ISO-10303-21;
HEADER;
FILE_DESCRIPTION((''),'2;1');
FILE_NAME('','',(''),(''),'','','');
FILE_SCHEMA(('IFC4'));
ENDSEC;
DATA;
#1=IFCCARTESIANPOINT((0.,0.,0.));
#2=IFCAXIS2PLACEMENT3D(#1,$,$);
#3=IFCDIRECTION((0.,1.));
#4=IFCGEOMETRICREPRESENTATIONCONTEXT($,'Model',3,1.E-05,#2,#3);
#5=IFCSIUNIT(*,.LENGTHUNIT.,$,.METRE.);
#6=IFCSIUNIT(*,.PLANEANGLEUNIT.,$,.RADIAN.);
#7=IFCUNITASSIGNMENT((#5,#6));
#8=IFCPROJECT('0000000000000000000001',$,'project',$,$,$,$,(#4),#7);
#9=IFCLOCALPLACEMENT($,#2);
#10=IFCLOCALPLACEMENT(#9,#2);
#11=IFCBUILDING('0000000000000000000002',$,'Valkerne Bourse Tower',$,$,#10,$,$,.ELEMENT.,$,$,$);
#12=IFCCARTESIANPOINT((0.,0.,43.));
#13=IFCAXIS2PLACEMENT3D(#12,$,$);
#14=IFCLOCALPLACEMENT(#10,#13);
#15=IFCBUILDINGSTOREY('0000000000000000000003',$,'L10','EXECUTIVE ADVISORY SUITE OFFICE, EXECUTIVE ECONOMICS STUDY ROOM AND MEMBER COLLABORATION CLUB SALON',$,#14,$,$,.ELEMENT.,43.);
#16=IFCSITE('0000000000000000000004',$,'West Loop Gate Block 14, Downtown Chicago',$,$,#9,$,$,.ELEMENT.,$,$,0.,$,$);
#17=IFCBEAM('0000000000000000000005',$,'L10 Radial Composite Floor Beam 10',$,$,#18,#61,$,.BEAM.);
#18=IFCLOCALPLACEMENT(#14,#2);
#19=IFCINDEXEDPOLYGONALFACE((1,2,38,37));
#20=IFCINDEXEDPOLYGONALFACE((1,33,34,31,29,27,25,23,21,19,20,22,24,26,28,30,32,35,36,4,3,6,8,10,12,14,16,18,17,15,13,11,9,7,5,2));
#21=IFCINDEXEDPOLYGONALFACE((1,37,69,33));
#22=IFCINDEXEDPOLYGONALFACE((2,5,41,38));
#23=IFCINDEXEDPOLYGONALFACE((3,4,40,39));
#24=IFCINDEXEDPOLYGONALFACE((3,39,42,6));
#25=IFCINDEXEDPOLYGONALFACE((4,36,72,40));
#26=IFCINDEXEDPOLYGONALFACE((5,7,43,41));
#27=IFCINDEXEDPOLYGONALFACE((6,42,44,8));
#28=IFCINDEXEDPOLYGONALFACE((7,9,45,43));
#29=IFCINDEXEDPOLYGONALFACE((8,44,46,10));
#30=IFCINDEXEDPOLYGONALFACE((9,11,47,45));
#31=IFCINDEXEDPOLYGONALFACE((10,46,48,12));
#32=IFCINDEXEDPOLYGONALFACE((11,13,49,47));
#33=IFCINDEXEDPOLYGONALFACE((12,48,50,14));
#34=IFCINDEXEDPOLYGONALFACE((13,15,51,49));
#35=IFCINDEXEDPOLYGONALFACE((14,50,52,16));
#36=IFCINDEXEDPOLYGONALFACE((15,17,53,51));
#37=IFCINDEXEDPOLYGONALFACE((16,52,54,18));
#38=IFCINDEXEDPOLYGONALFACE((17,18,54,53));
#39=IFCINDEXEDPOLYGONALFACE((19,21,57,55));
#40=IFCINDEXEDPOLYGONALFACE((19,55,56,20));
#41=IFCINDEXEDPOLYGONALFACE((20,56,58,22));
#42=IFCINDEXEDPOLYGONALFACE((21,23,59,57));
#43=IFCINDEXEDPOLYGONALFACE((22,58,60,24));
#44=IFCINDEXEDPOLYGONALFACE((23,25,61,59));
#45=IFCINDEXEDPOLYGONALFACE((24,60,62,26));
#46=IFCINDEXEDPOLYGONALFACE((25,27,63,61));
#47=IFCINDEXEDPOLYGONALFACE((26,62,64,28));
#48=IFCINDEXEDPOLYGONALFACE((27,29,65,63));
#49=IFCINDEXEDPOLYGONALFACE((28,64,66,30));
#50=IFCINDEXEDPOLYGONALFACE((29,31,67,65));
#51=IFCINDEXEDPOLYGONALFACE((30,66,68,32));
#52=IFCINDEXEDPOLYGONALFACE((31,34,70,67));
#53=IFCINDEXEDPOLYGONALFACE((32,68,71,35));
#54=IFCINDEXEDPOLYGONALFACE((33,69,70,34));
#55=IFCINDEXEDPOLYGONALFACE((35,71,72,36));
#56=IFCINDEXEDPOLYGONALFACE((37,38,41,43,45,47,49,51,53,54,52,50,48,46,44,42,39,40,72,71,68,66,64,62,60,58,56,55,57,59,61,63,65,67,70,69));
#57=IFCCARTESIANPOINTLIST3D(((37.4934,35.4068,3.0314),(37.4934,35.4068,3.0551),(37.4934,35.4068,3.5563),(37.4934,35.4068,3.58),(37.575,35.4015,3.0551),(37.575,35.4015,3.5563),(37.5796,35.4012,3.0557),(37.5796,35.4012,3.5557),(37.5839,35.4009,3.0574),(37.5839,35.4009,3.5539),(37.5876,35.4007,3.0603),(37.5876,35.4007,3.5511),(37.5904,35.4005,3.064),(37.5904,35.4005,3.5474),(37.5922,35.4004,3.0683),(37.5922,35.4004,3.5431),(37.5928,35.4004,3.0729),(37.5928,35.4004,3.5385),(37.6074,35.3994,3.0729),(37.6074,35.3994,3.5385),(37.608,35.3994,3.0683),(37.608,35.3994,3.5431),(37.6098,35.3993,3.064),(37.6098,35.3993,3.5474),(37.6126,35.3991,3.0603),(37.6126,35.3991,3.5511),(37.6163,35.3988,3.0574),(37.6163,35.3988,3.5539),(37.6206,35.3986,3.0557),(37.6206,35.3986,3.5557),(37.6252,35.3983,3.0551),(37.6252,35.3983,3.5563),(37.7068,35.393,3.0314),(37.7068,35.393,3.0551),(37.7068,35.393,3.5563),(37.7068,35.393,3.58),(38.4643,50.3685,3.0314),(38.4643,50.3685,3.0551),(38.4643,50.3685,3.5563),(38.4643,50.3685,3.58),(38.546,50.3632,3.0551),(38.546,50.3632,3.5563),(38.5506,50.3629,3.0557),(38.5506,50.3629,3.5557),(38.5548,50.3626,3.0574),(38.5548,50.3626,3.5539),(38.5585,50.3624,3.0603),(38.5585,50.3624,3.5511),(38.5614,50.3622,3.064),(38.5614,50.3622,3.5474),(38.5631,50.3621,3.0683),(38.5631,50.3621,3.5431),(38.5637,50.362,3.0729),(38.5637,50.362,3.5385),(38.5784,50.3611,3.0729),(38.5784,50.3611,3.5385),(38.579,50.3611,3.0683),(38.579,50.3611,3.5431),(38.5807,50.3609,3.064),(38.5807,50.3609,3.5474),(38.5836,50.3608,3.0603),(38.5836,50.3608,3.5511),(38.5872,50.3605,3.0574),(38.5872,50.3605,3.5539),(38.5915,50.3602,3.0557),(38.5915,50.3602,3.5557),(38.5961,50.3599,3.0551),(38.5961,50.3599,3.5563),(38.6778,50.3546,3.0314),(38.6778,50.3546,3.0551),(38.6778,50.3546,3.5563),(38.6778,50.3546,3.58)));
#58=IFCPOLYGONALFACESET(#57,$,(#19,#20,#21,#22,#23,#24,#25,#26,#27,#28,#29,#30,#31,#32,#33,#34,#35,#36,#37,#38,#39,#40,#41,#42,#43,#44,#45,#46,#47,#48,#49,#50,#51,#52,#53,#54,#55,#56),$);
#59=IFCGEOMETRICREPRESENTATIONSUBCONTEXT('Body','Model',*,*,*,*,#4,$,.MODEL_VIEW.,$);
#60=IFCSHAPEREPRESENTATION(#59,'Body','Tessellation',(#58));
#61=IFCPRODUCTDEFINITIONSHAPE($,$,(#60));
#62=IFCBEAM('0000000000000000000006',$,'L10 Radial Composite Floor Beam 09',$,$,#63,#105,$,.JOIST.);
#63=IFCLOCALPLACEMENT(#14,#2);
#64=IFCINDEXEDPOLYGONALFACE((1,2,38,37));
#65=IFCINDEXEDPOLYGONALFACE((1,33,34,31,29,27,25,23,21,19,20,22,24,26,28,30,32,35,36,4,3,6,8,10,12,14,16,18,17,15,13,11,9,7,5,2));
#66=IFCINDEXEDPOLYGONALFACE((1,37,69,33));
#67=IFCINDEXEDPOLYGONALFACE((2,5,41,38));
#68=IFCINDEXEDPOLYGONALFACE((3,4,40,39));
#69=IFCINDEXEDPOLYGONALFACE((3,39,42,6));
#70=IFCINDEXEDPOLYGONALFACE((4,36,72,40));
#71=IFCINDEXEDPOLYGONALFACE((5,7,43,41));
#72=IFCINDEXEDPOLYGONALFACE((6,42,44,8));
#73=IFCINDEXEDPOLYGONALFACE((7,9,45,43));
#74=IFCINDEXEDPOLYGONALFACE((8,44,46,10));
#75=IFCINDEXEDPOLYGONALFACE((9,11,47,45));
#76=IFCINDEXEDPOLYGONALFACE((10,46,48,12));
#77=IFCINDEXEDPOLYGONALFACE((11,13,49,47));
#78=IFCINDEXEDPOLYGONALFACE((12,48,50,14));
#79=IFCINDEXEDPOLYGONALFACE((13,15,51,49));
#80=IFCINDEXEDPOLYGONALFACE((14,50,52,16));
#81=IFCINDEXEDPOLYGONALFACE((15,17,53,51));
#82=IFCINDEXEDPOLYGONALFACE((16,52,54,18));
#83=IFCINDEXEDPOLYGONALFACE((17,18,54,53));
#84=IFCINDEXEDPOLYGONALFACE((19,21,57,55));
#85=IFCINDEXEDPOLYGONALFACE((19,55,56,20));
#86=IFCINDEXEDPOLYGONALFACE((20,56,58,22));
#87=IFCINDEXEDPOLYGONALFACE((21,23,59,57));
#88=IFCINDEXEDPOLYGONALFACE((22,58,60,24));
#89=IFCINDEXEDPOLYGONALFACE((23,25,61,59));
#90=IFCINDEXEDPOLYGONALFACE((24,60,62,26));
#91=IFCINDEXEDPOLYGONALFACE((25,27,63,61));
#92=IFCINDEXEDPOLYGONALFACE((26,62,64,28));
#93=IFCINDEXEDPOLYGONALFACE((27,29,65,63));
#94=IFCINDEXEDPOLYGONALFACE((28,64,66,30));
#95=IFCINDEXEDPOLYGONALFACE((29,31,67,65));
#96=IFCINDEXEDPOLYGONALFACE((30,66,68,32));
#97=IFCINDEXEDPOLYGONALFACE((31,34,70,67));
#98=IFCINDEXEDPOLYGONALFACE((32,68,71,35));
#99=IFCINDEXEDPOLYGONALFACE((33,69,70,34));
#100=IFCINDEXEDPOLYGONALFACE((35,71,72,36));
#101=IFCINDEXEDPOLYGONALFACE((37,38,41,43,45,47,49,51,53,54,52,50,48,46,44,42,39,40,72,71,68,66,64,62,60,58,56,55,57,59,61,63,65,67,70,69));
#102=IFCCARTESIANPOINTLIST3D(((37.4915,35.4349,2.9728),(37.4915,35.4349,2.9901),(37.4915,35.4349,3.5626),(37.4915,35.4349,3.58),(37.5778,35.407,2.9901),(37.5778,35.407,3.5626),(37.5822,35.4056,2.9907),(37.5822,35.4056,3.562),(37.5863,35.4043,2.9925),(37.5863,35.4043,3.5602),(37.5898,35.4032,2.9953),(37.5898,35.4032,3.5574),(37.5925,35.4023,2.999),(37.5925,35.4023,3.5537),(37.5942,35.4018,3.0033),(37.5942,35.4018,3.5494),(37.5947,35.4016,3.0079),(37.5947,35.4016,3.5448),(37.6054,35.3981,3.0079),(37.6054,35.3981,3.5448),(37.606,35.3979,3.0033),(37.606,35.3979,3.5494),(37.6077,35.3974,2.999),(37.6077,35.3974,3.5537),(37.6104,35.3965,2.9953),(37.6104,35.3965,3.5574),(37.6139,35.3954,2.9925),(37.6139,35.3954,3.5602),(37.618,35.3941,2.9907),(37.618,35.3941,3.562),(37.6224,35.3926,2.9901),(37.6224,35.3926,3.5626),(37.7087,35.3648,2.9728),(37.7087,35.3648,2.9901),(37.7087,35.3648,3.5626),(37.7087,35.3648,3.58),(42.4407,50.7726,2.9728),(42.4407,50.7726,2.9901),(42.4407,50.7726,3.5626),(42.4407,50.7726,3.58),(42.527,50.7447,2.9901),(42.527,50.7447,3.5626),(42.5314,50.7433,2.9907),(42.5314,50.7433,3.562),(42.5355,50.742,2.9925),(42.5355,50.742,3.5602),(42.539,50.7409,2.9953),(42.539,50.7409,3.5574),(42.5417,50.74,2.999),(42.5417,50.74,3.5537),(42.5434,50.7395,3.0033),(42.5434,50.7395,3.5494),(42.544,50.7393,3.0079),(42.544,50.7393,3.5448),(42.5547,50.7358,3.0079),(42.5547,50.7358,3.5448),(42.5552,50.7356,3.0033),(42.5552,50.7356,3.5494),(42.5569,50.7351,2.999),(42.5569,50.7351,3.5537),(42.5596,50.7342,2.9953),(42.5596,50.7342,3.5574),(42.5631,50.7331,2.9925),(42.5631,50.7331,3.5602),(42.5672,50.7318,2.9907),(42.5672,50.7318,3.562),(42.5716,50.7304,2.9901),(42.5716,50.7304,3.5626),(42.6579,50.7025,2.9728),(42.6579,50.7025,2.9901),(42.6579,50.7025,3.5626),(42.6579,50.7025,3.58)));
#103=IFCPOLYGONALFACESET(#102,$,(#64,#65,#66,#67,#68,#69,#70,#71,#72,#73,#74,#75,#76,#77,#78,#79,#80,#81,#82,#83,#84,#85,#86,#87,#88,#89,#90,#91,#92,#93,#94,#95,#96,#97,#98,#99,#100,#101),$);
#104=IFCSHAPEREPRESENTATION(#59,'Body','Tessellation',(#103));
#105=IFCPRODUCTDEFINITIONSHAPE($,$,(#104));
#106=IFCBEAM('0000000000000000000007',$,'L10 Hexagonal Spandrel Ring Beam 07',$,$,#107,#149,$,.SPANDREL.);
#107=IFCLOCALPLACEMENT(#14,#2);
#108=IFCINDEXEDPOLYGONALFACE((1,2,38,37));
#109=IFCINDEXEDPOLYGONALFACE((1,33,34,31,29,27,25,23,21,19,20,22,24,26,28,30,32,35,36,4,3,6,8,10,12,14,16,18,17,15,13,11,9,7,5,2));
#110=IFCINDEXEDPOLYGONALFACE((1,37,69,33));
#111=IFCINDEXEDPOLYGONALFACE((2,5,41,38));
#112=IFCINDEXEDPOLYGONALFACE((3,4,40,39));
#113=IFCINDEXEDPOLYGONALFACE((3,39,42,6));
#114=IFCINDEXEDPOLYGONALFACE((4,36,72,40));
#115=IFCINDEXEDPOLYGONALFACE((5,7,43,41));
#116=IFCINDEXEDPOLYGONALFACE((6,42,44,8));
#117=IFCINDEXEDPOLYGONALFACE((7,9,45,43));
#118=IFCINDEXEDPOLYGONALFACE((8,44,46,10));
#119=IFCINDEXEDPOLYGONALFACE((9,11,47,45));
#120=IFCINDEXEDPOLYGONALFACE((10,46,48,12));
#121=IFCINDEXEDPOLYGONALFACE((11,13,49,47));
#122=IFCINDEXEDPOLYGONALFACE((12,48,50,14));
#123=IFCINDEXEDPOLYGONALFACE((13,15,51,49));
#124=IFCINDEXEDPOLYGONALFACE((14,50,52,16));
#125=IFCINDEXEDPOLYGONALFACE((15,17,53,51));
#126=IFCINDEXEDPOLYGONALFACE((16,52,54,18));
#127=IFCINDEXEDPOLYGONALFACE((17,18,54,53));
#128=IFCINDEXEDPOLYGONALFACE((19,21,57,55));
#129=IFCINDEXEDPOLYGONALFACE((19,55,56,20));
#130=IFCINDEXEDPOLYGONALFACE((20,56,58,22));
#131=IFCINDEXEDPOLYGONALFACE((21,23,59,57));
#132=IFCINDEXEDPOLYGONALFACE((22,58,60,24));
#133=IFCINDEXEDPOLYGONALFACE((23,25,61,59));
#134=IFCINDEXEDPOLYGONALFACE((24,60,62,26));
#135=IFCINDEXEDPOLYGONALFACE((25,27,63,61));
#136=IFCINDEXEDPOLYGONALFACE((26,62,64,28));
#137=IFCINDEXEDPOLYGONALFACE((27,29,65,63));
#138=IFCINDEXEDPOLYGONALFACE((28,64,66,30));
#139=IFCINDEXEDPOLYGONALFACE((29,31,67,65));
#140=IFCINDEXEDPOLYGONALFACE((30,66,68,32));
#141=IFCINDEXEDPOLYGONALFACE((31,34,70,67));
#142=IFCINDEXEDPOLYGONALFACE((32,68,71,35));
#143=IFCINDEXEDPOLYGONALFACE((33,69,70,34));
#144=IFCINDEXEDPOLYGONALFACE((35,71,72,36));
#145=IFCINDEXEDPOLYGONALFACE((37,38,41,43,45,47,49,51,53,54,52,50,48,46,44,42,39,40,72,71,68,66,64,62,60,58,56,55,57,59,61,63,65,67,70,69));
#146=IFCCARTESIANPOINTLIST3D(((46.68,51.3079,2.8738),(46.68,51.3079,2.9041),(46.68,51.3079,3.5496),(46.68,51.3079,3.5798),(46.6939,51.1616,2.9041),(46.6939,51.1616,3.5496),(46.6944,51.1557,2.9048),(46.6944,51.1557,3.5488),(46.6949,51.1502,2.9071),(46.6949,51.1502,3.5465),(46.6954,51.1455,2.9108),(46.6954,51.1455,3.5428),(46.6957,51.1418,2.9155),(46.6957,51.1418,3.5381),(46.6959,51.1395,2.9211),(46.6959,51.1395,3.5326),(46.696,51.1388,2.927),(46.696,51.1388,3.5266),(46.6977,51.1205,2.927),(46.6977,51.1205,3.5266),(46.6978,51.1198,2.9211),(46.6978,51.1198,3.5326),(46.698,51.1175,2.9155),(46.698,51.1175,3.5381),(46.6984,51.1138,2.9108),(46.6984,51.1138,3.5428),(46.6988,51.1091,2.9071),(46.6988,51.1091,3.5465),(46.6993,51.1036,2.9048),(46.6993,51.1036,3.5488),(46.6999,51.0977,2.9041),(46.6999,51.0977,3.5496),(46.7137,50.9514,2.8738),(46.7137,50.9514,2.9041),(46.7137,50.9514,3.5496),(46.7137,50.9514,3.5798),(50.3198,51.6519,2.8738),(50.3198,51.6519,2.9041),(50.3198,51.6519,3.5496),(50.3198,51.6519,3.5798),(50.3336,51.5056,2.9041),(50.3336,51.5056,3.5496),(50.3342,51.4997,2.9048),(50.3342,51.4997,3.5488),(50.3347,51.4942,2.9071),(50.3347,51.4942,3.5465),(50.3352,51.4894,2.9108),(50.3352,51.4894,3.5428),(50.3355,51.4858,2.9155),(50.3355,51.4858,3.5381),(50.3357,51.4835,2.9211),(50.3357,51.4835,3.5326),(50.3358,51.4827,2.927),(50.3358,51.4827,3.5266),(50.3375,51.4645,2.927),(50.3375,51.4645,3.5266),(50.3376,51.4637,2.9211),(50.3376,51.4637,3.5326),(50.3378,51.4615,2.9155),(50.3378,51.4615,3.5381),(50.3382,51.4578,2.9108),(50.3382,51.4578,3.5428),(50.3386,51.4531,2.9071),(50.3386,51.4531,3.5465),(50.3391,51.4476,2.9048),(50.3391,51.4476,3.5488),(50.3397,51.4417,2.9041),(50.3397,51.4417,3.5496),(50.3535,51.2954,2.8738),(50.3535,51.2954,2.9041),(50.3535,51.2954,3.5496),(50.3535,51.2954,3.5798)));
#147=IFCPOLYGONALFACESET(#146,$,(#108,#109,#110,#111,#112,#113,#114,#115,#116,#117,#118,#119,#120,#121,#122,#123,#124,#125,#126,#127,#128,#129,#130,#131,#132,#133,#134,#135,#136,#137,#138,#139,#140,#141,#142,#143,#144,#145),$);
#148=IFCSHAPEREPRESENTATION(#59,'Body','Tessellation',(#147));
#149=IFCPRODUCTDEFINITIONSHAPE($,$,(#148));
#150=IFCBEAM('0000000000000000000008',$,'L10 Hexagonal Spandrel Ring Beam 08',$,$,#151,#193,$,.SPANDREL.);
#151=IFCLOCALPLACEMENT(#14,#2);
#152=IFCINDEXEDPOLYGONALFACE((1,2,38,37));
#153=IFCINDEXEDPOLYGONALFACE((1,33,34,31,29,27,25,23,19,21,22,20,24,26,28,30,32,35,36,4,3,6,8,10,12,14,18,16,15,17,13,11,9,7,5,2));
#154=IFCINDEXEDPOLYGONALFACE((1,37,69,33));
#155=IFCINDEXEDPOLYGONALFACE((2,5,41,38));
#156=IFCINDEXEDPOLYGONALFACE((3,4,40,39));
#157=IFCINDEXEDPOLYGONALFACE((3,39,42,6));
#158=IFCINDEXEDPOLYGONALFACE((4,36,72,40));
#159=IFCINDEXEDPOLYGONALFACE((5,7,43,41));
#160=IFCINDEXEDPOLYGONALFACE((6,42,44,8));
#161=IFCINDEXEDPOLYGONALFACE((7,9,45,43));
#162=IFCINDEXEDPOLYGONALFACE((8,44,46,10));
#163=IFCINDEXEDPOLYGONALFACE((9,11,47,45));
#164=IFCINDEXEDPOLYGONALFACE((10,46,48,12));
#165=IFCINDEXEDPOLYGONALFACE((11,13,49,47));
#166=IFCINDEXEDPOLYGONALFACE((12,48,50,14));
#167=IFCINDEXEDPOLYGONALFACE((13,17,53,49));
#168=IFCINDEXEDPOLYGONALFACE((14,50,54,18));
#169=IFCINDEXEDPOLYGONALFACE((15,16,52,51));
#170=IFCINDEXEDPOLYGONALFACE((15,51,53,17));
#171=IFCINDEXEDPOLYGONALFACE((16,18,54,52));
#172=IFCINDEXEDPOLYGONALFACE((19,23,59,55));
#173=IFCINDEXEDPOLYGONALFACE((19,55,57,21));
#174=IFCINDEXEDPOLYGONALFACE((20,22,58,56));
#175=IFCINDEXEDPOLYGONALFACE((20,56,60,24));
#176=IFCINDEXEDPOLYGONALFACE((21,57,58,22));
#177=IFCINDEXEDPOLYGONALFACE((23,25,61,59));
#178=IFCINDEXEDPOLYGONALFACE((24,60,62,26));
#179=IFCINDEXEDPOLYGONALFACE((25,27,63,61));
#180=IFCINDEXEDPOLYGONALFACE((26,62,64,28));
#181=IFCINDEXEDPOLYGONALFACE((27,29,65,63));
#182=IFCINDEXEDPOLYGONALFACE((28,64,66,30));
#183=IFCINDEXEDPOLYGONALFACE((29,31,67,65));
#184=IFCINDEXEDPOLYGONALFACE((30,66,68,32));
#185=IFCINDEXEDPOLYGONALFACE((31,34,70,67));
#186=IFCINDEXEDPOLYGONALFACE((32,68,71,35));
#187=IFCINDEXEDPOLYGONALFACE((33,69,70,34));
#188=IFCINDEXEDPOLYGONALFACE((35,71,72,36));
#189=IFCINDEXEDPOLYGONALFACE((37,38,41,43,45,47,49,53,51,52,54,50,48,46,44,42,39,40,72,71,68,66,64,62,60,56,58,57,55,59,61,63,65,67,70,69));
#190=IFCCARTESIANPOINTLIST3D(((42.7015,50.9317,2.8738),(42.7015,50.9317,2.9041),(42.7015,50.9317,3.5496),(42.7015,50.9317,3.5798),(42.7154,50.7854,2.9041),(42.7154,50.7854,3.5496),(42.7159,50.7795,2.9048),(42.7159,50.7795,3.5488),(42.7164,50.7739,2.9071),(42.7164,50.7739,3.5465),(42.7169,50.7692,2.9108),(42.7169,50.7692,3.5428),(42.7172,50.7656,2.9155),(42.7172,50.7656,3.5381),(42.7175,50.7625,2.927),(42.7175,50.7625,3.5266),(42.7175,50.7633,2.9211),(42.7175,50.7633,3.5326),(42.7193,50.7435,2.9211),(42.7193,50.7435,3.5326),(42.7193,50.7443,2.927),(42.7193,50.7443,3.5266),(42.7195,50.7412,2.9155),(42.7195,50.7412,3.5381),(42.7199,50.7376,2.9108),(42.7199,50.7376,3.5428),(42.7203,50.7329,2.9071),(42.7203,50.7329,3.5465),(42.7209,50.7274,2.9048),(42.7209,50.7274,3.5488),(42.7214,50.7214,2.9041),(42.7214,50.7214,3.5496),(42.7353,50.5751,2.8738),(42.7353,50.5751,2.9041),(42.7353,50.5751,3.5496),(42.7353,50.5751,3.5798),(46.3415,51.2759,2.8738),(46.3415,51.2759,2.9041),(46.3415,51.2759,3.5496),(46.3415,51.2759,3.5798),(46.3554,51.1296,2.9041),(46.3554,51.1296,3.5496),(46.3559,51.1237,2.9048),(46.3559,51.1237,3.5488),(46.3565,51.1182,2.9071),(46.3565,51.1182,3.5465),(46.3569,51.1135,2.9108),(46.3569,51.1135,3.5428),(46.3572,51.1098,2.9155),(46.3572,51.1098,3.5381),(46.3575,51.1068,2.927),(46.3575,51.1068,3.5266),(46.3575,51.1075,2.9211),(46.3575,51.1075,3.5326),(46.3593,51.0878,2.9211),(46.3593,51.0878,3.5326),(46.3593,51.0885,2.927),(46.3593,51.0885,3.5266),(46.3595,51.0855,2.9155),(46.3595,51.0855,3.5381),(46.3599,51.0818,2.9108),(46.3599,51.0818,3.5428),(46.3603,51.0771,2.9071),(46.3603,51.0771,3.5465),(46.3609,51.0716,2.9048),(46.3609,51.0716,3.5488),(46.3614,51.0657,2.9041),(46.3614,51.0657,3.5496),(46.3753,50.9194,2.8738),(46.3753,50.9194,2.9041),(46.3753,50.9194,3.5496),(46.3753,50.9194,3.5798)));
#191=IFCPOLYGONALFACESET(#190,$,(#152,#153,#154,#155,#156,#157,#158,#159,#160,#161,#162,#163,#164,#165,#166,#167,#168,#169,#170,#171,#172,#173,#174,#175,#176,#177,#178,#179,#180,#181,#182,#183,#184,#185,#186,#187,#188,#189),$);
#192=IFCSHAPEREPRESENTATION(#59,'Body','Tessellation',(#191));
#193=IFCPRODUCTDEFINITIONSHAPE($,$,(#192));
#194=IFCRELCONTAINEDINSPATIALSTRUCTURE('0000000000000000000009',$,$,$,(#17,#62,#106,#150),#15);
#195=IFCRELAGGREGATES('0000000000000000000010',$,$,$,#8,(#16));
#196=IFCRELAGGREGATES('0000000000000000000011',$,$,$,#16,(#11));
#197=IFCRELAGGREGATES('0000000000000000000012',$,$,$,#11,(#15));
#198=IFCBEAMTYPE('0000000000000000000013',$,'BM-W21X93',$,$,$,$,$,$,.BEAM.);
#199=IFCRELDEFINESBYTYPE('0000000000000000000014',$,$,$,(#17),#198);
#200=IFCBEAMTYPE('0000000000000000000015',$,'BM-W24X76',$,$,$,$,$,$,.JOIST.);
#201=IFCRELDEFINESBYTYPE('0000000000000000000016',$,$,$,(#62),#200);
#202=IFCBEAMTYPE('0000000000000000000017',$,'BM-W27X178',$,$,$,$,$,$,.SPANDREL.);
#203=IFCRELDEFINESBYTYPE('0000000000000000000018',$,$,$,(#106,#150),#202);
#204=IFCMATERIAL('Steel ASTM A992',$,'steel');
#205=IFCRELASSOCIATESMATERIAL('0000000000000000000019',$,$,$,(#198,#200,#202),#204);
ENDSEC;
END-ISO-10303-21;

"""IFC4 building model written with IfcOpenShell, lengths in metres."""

from ifc_helpers import new_model, si_unit, direction, frame, origin, origin_2d, place, context, subcontext, project, spatial, i_section, extrude, material, material_profile, profile_set, type_object, element, save


model = new_model("IFC4")

# Units and contexts
model_context = context("Model", 3, precision=1e-05, world=origin(), true_north=direction((0.0, 1.0)))
body_context = subcontext(model_context, "Body", "Model", "MODEL_VIEW")
ifc_project = project(units=[si_unit("LENGTHUNIT", "METRE"), si_unit("PLANEANGLEUNIT", "RADIAN")], contexts=[model_context])

# Site, building, storey
site_placement = place(None, origin())
site = spatial("IfcSite", under=ifc_project, at=site_placement, Name="West Loop Gate Block 14, Downtown Chicago", CompositionType="ELEMENT", RefElevation=0.0)
building_placement = place(site_placement, origin())
building = spatial("IfcBuilding", under=site, at=building_placement, Name="Valkerne Bourse Tower", CompositionType="ELEMENT")
storey_placement = place(building_placement, frame((0.0, 0.0, 43.0)))
storey = spatial("IfcBuildingStorey", under=building, at=storey_placement, Name="L10", Description="EXECUTIVE ADVISORY SUITE OFFICE, EXECUTIVE ECONOMICS STUDY ROOM AND MEMBER COLLABORATION CLUB SALON", CompositionType="ELEMENT", Elevation=43.0)

# Beams
ifc_material_1 = material(Name="Steel ASTM A992", Category="steel")
ifc_material_profile_1 = material_profile(ifc_material_1, i_section(OverallWidth=0.2139, OverallDepth=0.5486, WebThickness=0.0146, FlangeThickness=0.0237, FilletRadius=0.0178, at=origin_2d()), Name="W21X93")
ifc_profile_set_1 = profile_set([ifc_material_profile_1], Name="Steel ASTM A992")
beam_type_1 = type_object("IfcBeamType", Name="BM-W21X93", PredefinedType="BEAM", material=ifc_profile_set_1)
beam_1_placement = place(storey_placement, frame((38.571, 50.3616, 3.3057), z_axis=(-0.064759, -0.997901, 0.0), x_axis=(0.997901, -0.064759, 0.0)))
element("IfcBeam", 1, at=beam_1_placement, inside=storey, type_object=beam_type_1, Name="L10 Radial Composite Floor Beam 10", PredefinedType="BEAM", context=body_context, shape_type="SweptSolid", body=[
    extrude(i_section(OverallWidth=0.2139, OverallDepth=0.5486, WebThickness=0.0146, FlangeThickness=0.0237, FilletRadius=0.0178, at=origin_2d()), origin(), (0.0, 0.0, 1.0), 14.9932),
])
ifc_material_profile_2 = material_profile(ifc_material_1, i_section(OverallWidth=0.2283, OverallDepth=0.6072, WebThickness=0.0112, FlangeThickness=0.0173, FilletRadius=0.0178, at=origin_2d()), Name="W24X76")
ifc_profile_set_2 = profile_set([ifc_material_profile_2], Name="Steel ASTM A992")
beam_type_2 = type_object("IfcBeamType", Name="BM-W24X76", PredefinedType="JOIST", material=ifc_profile_set_2)
beam_2_placement = place(storey_placement, frame((42.5493, 50.7375, 3.2764), z_axis=(-0.307092, -0.95168, 0.0), x_axis=(0.95168, -0.307092, 0.0)))
element("IfcBeam", 2, at=beam_2_placement, inside=storey, type_object=beam_type_2, Name="L10 Radial Composite Floor Beam 09", PredefinedType="JOIST", context=body_context, shape_type="SweptSolid", body=[
    extrude(i_section(OverallWidth=0.2283, OverallDepth=0.6072, WebThickness=0.0112, FlangeThickness=0.0173, FilletRadius=0.0178, at=origin_2d()), origin(), (0.0, 0.0, 1.0), 16.1165),
])
ifc_material_profile_3 = material_profile(ifc_material_1, i_section(OverallWidth=0.3582, OverallDepth=0.7061, WebThickness=0.0183, FlangeThickness=0.0303, FilletRadius=0.0229, at=origin_2d()), Name="W27X178")
ifc_profile_set_3 = profile_set([ifc_material_profile_3], Name="Steel ASTM A992")
beam_type_3 = type_object("IfcBeamType", Name="BM-W27X178", PredefinedType="SPANDREL", material=ifc_profile_set_3)
beam_3_placement = place(storey_placement, frame((50.3367, 51.4736, 3.2268), z_axis=(-0.995564, -0.094087, 0.0), x_axis=(0.094087, -0.995564, 0.0)))
element("IfcBeam", 3, at=beam_3_placement, inside=storey, type_object=beam_type_3, Name="L10 Hexagonal Spandrel Ring Beam 07", PredefinedType="SPANDREL", context=body_context, shape_type="SweptSolid", body=[
    extrude(i_section(OverallWidth=0.3582, OverallDepth=0.7061, WebThickness=0.0183, FlangeThickness=0.0303, FilletRadius=0.0229, at=origin_2d()), origin(), (0.0, 0.0, 1.0), 3.656),
])
beam_4_placement = place(storey_placement, frame((46.3584, 51.0977, 3.2268), z_axis=(-0.995558, -0.094154, 0.0), x_axis=(0.094154, -0.995558, 0.0)))
element("IfcBeam", 4, at=beam_4_placement, inside=storey, type_object=beam_type_3, Name="L10 Hexagonal Spandrel Ring Beam 08", PredefinedType="SPANDREL", context=body_context, shape_type="SweptSolid", body=[
    extrude(i_section(OverallWidth=0.3582, OverallDepth=0.7061, WebThickness=0.0183, FlangeThickness=0.0303, FilletRadius=0.0229, at=origin_2d()), origin(), (0.0, 0.0, 1.0), 3.6562),
])

save(model, "model.ifc")
